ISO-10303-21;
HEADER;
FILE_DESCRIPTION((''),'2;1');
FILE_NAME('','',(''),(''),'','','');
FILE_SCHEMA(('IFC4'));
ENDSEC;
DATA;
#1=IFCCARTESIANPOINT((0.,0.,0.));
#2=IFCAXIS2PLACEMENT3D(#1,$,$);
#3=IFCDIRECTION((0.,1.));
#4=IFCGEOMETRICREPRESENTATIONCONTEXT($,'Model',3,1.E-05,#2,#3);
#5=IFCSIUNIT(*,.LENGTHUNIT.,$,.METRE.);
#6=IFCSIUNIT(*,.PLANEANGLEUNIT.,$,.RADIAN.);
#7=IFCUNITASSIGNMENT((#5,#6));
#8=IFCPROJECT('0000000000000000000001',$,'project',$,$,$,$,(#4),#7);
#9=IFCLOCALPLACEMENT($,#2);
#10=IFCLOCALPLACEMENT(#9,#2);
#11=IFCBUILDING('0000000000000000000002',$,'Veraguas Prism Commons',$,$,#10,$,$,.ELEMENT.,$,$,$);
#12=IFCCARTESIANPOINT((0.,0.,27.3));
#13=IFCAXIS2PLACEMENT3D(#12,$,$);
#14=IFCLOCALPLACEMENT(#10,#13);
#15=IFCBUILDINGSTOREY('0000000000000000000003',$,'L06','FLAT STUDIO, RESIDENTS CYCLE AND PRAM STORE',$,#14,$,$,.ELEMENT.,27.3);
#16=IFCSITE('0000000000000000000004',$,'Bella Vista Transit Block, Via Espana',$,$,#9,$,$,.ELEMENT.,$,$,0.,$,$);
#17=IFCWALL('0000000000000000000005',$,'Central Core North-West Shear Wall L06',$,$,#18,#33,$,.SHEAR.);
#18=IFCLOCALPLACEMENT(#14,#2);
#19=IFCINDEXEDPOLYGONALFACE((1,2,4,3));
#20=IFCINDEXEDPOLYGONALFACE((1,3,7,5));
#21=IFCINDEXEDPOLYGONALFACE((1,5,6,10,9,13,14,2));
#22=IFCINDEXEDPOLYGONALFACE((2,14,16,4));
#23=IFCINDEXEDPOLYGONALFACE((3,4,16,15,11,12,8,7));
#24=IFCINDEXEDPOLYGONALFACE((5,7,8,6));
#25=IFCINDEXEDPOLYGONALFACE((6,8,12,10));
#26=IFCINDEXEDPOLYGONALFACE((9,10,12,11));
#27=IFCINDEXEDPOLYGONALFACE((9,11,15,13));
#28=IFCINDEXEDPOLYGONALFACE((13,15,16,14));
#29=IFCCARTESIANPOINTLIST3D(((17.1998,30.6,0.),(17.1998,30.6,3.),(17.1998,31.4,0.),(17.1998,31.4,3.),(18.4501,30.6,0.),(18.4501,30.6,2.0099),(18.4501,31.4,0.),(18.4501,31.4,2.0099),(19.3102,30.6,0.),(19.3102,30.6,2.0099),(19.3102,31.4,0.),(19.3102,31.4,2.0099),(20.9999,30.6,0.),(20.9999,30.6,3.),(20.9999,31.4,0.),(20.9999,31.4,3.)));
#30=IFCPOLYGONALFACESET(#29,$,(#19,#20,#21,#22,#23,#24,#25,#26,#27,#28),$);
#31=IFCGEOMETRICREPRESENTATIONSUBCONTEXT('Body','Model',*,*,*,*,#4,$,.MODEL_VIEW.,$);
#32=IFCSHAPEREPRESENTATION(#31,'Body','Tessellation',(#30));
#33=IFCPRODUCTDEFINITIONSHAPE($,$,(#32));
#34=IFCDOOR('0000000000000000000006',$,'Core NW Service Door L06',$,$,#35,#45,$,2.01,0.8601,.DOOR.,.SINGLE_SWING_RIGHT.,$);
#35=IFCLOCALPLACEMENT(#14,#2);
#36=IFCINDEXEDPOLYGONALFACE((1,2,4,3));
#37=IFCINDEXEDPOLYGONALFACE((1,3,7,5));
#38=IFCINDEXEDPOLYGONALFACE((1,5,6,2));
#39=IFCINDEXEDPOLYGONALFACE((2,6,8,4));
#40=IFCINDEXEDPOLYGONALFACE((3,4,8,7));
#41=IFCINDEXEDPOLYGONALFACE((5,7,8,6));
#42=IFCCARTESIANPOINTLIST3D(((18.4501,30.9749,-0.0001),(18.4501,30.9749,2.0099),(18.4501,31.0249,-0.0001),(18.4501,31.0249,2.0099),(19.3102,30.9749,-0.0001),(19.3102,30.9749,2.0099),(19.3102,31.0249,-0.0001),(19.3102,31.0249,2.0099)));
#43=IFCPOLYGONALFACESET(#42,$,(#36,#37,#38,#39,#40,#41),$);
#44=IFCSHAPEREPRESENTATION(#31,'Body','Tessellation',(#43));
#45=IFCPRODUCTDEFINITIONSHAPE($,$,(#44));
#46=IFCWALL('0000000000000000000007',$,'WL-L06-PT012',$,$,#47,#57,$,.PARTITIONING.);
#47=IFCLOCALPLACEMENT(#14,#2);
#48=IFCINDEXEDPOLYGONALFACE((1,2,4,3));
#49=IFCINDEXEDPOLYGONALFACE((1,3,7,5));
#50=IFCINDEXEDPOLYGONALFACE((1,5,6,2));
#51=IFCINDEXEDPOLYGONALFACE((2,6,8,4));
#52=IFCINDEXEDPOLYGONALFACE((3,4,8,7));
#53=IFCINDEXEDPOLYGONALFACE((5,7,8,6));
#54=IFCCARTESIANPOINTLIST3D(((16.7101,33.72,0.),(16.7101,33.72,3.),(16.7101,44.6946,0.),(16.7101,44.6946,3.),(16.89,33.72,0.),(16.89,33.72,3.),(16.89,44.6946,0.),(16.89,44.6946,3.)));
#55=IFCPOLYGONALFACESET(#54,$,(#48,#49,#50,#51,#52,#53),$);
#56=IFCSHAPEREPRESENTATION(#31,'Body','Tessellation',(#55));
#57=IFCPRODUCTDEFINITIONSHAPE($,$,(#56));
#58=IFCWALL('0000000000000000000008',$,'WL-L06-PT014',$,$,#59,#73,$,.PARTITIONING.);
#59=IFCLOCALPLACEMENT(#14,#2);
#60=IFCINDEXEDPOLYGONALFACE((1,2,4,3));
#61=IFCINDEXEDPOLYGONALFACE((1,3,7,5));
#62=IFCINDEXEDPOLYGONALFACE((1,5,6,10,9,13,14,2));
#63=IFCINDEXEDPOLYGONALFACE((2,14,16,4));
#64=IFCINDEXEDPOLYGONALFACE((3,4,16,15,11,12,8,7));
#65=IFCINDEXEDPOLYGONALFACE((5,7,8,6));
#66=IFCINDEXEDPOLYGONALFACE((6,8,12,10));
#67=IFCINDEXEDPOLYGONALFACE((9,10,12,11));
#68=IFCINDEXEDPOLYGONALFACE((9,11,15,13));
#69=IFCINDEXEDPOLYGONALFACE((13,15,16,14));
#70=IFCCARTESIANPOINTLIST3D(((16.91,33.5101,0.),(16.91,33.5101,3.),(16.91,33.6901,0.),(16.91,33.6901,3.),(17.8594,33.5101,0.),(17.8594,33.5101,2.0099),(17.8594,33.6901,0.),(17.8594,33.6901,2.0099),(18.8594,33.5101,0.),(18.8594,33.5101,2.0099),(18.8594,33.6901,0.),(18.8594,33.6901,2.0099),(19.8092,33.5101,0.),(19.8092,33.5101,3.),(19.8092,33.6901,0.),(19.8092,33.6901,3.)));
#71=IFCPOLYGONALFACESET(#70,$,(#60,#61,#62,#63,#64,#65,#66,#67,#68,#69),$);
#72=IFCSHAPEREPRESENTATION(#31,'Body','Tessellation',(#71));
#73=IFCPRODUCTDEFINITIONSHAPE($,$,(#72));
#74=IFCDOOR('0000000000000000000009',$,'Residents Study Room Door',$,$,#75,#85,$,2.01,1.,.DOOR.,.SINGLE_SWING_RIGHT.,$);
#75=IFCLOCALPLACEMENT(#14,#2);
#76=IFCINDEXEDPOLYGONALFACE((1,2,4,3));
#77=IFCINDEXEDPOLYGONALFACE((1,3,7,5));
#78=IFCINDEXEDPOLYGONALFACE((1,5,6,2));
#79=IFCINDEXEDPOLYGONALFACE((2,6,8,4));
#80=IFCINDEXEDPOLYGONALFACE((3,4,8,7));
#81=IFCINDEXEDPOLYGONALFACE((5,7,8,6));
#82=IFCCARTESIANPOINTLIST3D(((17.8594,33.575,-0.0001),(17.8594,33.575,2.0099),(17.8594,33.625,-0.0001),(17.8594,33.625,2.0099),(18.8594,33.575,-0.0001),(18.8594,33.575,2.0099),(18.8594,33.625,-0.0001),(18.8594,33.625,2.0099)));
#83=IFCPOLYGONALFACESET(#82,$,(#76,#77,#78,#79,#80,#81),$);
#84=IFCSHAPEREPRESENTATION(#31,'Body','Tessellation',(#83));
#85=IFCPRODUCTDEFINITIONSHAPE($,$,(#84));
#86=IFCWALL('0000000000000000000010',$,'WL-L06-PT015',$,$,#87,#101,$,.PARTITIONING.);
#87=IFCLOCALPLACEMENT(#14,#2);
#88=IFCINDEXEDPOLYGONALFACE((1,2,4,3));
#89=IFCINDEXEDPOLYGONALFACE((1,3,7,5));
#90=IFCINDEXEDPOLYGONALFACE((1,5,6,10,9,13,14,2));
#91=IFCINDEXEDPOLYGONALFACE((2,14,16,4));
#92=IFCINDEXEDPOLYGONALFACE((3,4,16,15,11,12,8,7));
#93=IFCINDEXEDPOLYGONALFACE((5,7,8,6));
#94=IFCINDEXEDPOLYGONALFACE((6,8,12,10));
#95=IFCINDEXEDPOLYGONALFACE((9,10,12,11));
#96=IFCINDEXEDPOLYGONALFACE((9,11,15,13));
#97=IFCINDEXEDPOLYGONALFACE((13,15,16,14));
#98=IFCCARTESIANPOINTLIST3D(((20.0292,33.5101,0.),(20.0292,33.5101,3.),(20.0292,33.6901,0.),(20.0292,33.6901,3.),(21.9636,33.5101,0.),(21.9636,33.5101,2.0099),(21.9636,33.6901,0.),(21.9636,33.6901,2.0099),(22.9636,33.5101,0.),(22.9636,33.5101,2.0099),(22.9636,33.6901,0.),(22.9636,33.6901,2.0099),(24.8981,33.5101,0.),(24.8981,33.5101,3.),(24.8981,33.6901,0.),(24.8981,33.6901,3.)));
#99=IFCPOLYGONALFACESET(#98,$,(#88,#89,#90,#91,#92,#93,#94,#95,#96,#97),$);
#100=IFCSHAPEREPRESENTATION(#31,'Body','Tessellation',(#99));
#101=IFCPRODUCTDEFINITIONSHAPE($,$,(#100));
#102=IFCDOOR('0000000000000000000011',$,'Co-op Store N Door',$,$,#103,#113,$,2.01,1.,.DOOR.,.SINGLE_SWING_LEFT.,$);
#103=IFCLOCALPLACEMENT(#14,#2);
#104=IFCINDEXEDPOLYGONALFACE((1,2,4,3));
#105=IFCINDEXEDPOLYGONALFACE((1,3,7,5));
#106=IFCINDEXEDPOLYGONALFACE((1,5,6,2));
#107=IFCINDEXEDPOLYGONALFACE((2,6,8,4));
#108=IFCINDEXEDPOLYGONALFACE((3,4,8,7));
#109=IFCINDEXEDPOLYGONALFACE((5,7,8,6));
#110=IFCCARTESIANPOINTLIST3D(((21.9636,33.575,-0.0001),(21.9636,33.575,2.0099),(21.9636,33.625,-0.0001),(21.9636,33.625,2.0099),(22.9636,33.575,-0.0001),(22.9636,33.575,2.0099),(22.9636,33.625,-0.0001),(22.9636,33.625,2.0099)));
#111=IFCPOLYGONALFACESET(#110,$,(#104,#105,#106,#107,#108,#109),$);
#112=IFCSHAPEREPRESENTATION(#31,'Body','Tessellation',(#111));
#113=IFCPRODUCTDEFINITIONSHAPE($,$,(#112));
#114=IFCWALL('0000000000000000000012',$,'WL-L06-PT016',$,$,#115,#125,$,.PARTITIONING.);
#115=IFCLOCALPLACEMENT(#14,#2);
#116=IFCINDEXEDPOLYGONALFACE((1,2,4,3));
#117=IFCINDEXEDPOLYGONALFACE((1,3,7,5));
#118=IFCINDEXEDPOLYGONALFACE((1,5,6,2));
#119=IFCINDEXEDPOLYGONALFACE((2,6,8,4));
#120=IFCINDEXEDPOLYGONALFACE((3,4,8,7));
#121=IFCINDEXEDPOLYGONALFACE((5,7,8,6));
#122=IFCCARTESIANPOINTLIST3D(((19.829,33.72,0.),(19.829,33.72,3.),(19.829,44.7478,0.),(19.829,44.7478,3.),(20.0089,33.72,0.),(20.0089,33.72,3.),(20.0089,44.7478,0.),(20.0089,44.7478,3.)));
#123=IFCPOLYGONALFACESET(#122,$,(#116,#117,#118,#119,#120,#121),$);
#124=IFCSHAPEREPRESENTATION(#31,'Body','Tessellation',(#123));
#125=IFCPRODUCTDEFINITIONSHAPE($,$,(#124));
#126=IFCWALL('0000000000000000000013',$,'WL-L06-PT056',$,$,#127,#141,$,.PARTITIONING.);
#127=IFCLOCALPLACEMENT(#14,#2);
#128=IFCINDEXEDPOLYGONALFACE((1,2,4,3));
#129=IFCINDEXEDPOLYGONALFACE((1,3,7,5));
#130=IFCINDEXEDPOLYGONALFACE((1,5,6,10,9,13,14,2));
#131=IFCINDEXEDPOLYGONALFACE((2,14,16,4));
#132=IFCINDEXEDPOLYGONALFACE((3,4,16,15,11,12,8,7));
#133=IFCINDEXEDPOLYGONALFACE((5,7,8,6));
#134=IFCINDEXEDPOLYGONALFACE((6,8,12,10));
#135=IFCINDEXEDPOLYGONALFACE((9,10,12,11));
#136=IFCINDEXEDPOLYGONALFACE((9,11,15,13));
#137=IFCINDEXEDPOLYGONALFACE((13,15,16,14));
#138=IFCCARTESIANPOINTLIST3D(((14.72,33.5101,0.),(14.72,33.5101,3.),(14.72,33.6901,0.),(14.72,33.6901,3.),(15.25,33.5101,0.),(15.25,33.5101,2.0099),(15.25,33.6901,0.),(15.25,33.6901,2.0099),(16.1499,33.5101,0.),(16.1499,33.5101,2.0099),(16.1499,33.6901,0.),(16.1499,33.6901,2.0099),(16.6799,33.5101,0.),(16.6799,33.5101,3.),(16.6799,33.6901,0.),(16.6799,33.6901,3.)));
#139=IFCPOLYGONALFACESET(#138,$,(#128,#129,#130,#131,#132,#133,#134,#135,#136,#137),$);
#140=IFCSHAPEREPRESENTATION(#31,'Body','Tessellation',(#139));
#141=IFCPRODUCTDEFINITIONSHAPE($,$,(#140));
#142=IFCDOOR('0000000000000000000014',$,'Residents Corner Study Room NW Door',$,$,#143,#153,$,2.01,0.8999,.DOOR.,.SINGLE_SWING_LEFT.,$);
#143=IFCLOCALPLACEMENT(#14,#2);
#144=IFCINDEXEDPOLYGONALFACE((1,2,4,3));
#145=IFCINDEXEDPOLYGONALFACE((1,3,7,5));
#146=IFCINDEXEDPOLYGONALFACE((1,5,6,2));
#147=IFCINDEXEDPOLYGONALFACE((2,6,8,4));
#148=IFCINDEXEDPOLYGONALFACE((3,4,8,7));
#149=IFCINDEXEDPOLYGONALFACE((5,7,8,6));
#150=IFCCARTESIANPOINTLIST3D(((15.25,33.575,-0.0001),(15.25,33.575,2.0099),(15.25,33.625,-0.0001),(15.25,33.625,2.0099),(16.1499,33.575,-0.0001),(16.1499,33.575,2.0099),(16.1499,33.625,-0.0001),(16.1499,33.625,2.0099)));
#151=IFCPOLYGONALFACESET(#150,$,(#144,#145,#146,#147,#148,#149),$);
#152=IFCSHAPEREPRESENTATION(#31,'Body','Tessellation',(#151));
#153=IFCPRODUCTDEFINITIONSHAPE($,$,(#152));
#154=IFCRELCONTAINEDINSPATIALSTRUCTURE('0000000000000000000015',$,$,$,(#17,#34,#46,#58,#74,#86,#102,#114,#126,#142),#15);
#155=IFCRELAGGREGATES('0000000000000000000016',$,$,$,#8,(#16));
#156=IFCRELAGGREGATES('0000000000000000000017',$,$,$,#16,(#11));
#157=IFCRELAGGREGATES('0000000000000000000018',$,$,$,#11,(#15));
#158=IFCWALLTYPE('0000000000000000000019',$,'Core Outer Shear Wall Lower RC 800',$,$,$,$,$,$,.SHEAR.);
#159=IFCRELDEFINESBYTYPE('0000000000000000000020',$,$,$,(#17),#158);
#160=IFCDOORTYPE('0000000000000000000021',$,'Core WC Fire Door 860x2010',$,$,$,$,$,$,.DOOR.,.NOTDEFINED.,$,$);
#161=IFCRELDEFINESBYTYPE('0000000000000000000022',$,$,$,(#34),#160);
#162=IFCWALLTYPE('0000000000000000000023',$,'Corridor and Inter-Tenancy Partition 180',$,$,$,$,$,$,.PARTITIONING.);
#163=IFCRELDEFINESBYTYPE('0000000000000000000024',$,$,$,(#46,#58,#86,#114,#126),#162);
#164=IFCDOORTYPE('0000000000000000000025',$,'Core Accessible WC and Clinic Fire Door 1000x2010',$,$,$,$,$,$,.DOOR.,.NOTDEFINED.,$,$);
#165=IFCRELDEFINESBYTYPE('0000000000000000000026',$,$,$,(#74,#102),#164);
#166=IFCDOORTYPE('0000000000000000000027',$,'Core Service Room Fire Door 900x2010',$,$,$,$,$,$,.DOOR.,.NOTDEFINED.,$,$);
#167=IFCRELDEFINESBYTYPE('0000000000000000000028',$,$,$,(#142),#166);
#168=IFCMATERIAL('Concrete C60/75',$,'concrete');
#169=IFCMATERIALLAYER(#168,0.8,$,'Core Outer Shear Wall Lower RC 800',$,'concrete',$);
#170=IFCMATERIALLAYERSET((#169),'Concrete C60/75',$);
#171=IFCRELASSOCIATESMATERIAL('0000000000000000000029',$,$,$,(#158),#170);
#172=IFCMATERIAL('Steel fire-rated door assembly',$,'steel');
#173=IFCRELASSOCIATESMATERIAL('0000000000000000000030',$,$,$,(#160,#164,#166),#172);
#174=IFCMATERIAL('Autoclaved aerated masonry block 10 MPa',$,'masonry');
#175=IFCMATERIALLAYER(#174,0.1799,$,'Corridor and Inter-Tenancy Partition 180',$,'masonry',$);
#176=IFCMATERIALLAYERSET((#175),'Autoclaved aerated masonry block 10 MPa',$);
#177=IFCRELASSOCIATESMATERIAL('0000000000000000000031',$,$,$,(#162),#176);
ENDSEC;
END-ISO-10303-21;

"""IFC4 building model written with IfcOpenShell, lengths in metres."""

from ifc_helpers import new_model, si_unit, direction, frame, frame_2d, origin, place, context, subcontext, project, spatial, rectangle, extrude, source, transform, mapped, material, layer, layer_set, type_object, element, fill, save


model = new_model("IFC4")

# Units and contexts
model_context = context("Model", 3, precision=1e-05, world=origin(), true_north=direction((0.0, 1.0)))
body_context = subcontext(model_context, "Body", "Model", "MODEL_VIEW")
ifc_project = project(units=[si_unit("LENGTHUNIT", "METRE"), si_unit("PLANEANGLEUNIT", "RADIAN")], contexts=[model_context])

# Site, building, storey
site_placement = place(None, origin())
site = spatial("IfcSite", under=ifc_project, at=site_placement, Name="Bella Vista Transit Block, Via Espana", CompositionType="ELEMENT", RefElevation=0.0)
building_placement = place(site_placement, origin())
building = spatial("IfcBuilding", under=site, at=building_placement, Name="Veraguas Prism Commons", CompositionType="ELEMENT")
storey_placement = place(building_placement, frame((0.0, 0.0, 27.3)))
storey = spatial("IfcBuildingStorey", under=building, at=storey_placement, Name="L06", Description="FLAT STUDIO, RESIDENTS CYCLE AND PRAM STORE", CompositionType="ELEMENT", Elevation=27.3)

# Shared definitions
ifc_material_1 = material(Name="Concrete C60/75", Category="concrete")

# Wall, opening, door
ifc_layer_1 = layer(ifc_material_1, 0.8, Name="Core Outer Shear Wall Lower RC 800", Category="concrete")
ifc_layer_set_1 = layer_set([ifc_layer_1], Name="Concrete C60/75")
wall_type_1 = type_object("IfcWallType", Name="Core Outer Shear Wall Lower RC 800", PredefinedType="SHEAR", material=ifc_layer_set_1)
wall_1_placement = place(storey_placement, frame((17.2, 31.0, 0.0), z_axis=(0.0, 0.0, 1.0), x_axis=(1.0, 0.0, 0.0)))
wall_1 = element("IfcWall", 1, at=wall_1_placement, inside=storey, type_object=wall_type_1, Name="Central Core North-West Shear Wall L06", PredefinedType="SHEAR", context=body_context, shape_type="SweptSolid", body=[
    extrude(rectangle(XDim=3.8, YDim=0.8, at=frame_2d((1.8999, 0.0))), origin(), (0.0, 0.0, 1.0), 3.0),
])
opening_1_placement = place(wall_1_placement, frame((1.25, 0.0, 0.0)))
opening_1 = element("IfcOpeningElement", 2, at=opening_1_placement, cuts=wall_1, PredefinedType="OPENING", context=body_context, shape_type="SweptSolid", body=[
    extrude(rectangle(XDim=0.8601, YDim=2.01, at=frame_2d((0.4302, 1.0049))), frame((0.0, 0.4099, 0.0), z_axis=(0.0, -1.0, 0.0), x_axis=(1.0, 0.0, 0.0)), (0.0, 0.0, 1.0), 0.8201),
])
ifc_material_2 = material(Name="Steel fire-rated door assembly", Category="steel")
door_type_1 = type_object("IfcDoorType", Name="Core WC Fire Door 860x2010", OperationType="NOTDEFINED", PredefinedType="DOOR", material=ifc_material_2)
shared_shape_1 = source(origin(), body_context, "Body", "SweptSolid", [
    extrude(rectangle(XDim=0.8601, YDim=2.01, at=frame_2d((0.4302, 1.0049))), frame((0.0, 0.0249, 0.0), z_axis=(0.0, -1.0, 0.0), x_axis=(1.0, 0.0, 0.0)), (0.0, 0.0, 1.0), 0.05),
])
door_1_placement = place(opening_1_placement, origin())
door_1 = element("IfcDoor", 3, at=door_1_placement, inside=storey, type_object=door_type_1, Name="Core NW Service Door L06", OperationType="SINGLE_SWING_RIGHT", OverallHeight=2.01, OverallWidth=0.8601, PredefinedType="DOOR", context=body_context, shape_type="MappedRepresentation", body=[
    mapped(shared_shape_1, transform((0.0, 0.0, 0.0), scale=1.0)),
])
fill(opening_1, door_1)

# Wall
ifc_material_3 = material(Name="Autoclaved aerated masonry block 10 MPa", Category="masonry")
ifc_layer_2 = layer(ifc_material_3, 0.1799, Name="Corridor and Inter-Tenancy Partition 180", Category="masonry")
ifc_layer_set_2 = layer_set([ifc_layer_2], Name="Autoclaved aerated masonry block 10 MPa")
wall_type_2 = type_object("IfcWallType", Name="Corridor and Inter-Tenancy Partition 180", PredefinedType="PARTITIONING", material=ifc_layer_set_2)
wall_2_placement = place(storey_placement, frame((16.8, 33.72, 0.0), z_axis=(0.0, 0.0, 1.0), x_axis=(0.0, 1.0, 0.0)))
element("IfcWall", 4, at=wall_2_placement, inside=storey, type_object=wall_type_2, Name="WL-L06-PT012", PredefinedType="PARTITIONING", context=body_context, shape_type="SweptSolid", body=[
    extrude(rectangle(XDim=10.9746, YDim=0.1799, at=frame_2d((5.4873, 0.0))), origin(), (0.0, 0.0, 1.0), 3.0),
])

# Walls, openings, doors
wall_3_placement = place(storey_placement, frame((16.9099, 33.6001, 0.0), z_axis=(0.0, 0.0, 1.0), x_axis=(1.0, 0.0, 0.0)))
wall_3 = element("IfcWall", 5, at=wall_3_placement, inside=storey, type_object=wall_type_2, Name="WL-L06-PT014", PredefinedType="PARTITIONING", context=body_context, shape_type="SweptSolid", body=[
    extrude(rectangle(XDim=2.8992, YDim=0.1799, at=frame_2d((1.4497, 0.0))), origin(), (0.0, 0.0, 1.0), 3.0),
])
opening_2_placement = place(wall_3_placement, frame((0.9495, 0.0, 0.0)))
opening_2 = element("IfcOpeningElement", 6, at=opening_2_placement, cuts=wall_3, PredefinedType="OPENING", context=body_context, shape_type="SweptSolid", body=[
    extrude(rectangle(XDim=1.0, YDim=2.01, at=frame_2d((0.5, 1.0049))), frame((0.0, 0.0999, 0.0), z_axis=(0.0, -1.0, 0.0), x_axis=(1.0, 0.0, 0.0)), (0.0, 0.0, 1.0), 0.2),
])
door_type_2 = type_object("IfcDoorType", Name="Core Accessible WC and Clinic Fire Door 1000x2010", OperationType="NOTDEFINED", PredefinedType="DOOR", material=ifc_material_2)
shared_shape_2 = source(origin(), body_context, "Body", "SweptSolid", [
    extrude(rectangle(XDim=1.0, YDim=2.01, at=frame_2d((0.5, 1.0049))), frame((0.0, 0.0249, 0.0), z_axis=(0.0, -1.0, 0.0), x_axis=(1.0, 0.0, 0.0)), (0.0, 0.0, 1.0), 0.05),
])
door_2_placement = place(opening_2_placement, origin())
door_2 = element("IfcDoor", 7, at=door_2_placement, inside=storey, type_object=door_type_2, Name="Residents Study Room Door", OperationType="SINGLE_SWING_RIGHT", OverallHeight=2.01, OverallWidth=1.0, PredefinedType="DOOR", context=body_context, shape_type="MappedRepresentation", body=[
    mapped(shared_shape_2, transform((0.0, 0.0, 0.0), scale=1.0)),
])
fill(opening_2, door_2)
wall_4_placement = place(storey_placement, frame((20.0291, 33.6001, 0.0), z_axis=(0.0, 0.0, 1.0), x_axis=(1.0, 0.0, 0.0)))
wall_4 = element("IfcWall", 8, at=wall_4_placement, inside=storey, type_object=wall_type_2, Name="WL-L06-PT015", PredefinedType="PARTITIONING", context=body_context, shape_type="SweptSolid", body=[
    extrude(rectangle(XDim=4.8689, YDim=0.1799, at=frame_2d((2.4346, 0.0))), origin(), (0.0, 0.0, 1.0), 3.0),
])
opening_3_placement = place(wall_4_placement, frame((1.9346, 0.0, 0.0)))
opening_3 = element("IfcOpeningElement", 9, at=opening_3_placement, cuts=wall_4, PredefinedType="OPENING", context=body_context, shape_type="SweptSolid", body=[
    extrude(rectangle(XDim=1.0, YDim=2.01, at=frame_2d((0.5, 1.0049))), frame((0.0, 0.0999, 0.0), z_axis=(0.0, -1.0, 0.0), x_axis=(1.0, 0.0, 0.0)), (0.0, 0.0, 1.0), 0.2),
])
door_3_placement = place(opening_3_placement, origin())
door_3 = element("IfcDoor", 10, at=door_3_placement, inside=storey, type_object=door_type_2, Name="Co-op Store N Door", OperationType="SINGLE_SWING_LEFT", OverallHeight=2.01, OverallWidth=1.0, PredefinedType="DOOR", context=body_context, shape_type="MappedRepresentation", body=[
    mapped(shared_shape_2, transform((0.0, 0.0, 0.0), scale=1.0)),
])
fill(opening_3, door_3)

# Wall
wall_5_placement = place(storey_placement, frame((19.9189, 33.72, 0.0), z_axis=(0.0, 0.0, 1.0), x_axis=(0.0, 1.0, 0.0)))
element("IfcWall", 11, at=wall_5_placement, inside=storey, type_object=wall_type_2, Name="WL-L06-PT016", PredefinedType="PARTITIONING", context=body_context, shape_type="SweptSolid", body=[
    extrude(rectangle(XDim=11.0278, YDim=0.1799, at=frame_2d((5.5139, 0.0))), origin(), (0.0, 0.0, 1.0), 3.0),
])

# Wall, opening, door
wall_6_placement = place(storey_placement, frame((14.72, 33.6001, 0.0), z_axis=(0.0, 0.0, 1.0), x_axis=(1.0, 0.0, 0.0)))
wall_6 = element("IfcWall", 12, at=wall_6_placement, inside=storey, type_object=wall_type_2, Name="WL-L06-PT056", PredefinedType="PARTITIONING", context=body_context, shape_type="SweptSolid", body=[
    extrude(rectangle(XDim=1.96, YDim=0.1799, at=frame_2d((0.98, 0.0))), origin(), (0.0, 0.0, 1.0), 3.0),
])
opening_4_placement = place(wall_6_placement, frame((0.53, 0.0, 0.0)))
opening_4 = element("IfcOpeningElement", 13, at=opening_4_placement, cuts=wall_6, PredefinedType="OPENING", context=body_context, shape_type="SweptSolid", body=[
    extrude(rectangle(XDim=0.8999, YDim=2.01, at=frame_2d((0.45, 1.0049))), frame((0.0, 0.0999, 0.0), z_axis=(0.0, -1.0, 0.0), x_axis=(1.0, 0.0, 0.0)), (0.0, 0.0, 1.0), 0.2),
])
door_type_3 = type_object("IfcDoorType", Name="Core Service Room Fire Door 900x2010", OperationType="NOTDEFINED", PredefinedType="DOOR", material=ifc_material_2)
shared_shape_3 = source(origin(), body_context, "Body", "SweptSolid", [
    extrude(rectangle(XDim=0.8999, YDim=2.01, at=frame_2d((0.45, 1.0049))), frame((0.0, 0.0249, 0.0), z_axis=(0.0, -1.0, 0.0), x_axis=(1.0, 0.0, 0.0)), (0.0, 0.0, 1.0), 0.05),
])
door_4_placement = place(opening_4_placement, origin())
door_4 = element("IfcDoor", 14, at=door_4_placement, inside=storey, type_object=door_type_3, Name="Residents Corner Study Room NW Door", OperationType="SINGLE_SWING_LEFT", OverallHeight=2.01, OverallWidth=0.8999, PredefinedType="DOOR", context=body_context, shape_type="MappedRepresentation", body=[
    mapped(shared_shape_3, transform((0.0, 0.0, 0.0), scale=1.0)),
])
fill(opening_4, door_4)

save(model, "model.ifc")
